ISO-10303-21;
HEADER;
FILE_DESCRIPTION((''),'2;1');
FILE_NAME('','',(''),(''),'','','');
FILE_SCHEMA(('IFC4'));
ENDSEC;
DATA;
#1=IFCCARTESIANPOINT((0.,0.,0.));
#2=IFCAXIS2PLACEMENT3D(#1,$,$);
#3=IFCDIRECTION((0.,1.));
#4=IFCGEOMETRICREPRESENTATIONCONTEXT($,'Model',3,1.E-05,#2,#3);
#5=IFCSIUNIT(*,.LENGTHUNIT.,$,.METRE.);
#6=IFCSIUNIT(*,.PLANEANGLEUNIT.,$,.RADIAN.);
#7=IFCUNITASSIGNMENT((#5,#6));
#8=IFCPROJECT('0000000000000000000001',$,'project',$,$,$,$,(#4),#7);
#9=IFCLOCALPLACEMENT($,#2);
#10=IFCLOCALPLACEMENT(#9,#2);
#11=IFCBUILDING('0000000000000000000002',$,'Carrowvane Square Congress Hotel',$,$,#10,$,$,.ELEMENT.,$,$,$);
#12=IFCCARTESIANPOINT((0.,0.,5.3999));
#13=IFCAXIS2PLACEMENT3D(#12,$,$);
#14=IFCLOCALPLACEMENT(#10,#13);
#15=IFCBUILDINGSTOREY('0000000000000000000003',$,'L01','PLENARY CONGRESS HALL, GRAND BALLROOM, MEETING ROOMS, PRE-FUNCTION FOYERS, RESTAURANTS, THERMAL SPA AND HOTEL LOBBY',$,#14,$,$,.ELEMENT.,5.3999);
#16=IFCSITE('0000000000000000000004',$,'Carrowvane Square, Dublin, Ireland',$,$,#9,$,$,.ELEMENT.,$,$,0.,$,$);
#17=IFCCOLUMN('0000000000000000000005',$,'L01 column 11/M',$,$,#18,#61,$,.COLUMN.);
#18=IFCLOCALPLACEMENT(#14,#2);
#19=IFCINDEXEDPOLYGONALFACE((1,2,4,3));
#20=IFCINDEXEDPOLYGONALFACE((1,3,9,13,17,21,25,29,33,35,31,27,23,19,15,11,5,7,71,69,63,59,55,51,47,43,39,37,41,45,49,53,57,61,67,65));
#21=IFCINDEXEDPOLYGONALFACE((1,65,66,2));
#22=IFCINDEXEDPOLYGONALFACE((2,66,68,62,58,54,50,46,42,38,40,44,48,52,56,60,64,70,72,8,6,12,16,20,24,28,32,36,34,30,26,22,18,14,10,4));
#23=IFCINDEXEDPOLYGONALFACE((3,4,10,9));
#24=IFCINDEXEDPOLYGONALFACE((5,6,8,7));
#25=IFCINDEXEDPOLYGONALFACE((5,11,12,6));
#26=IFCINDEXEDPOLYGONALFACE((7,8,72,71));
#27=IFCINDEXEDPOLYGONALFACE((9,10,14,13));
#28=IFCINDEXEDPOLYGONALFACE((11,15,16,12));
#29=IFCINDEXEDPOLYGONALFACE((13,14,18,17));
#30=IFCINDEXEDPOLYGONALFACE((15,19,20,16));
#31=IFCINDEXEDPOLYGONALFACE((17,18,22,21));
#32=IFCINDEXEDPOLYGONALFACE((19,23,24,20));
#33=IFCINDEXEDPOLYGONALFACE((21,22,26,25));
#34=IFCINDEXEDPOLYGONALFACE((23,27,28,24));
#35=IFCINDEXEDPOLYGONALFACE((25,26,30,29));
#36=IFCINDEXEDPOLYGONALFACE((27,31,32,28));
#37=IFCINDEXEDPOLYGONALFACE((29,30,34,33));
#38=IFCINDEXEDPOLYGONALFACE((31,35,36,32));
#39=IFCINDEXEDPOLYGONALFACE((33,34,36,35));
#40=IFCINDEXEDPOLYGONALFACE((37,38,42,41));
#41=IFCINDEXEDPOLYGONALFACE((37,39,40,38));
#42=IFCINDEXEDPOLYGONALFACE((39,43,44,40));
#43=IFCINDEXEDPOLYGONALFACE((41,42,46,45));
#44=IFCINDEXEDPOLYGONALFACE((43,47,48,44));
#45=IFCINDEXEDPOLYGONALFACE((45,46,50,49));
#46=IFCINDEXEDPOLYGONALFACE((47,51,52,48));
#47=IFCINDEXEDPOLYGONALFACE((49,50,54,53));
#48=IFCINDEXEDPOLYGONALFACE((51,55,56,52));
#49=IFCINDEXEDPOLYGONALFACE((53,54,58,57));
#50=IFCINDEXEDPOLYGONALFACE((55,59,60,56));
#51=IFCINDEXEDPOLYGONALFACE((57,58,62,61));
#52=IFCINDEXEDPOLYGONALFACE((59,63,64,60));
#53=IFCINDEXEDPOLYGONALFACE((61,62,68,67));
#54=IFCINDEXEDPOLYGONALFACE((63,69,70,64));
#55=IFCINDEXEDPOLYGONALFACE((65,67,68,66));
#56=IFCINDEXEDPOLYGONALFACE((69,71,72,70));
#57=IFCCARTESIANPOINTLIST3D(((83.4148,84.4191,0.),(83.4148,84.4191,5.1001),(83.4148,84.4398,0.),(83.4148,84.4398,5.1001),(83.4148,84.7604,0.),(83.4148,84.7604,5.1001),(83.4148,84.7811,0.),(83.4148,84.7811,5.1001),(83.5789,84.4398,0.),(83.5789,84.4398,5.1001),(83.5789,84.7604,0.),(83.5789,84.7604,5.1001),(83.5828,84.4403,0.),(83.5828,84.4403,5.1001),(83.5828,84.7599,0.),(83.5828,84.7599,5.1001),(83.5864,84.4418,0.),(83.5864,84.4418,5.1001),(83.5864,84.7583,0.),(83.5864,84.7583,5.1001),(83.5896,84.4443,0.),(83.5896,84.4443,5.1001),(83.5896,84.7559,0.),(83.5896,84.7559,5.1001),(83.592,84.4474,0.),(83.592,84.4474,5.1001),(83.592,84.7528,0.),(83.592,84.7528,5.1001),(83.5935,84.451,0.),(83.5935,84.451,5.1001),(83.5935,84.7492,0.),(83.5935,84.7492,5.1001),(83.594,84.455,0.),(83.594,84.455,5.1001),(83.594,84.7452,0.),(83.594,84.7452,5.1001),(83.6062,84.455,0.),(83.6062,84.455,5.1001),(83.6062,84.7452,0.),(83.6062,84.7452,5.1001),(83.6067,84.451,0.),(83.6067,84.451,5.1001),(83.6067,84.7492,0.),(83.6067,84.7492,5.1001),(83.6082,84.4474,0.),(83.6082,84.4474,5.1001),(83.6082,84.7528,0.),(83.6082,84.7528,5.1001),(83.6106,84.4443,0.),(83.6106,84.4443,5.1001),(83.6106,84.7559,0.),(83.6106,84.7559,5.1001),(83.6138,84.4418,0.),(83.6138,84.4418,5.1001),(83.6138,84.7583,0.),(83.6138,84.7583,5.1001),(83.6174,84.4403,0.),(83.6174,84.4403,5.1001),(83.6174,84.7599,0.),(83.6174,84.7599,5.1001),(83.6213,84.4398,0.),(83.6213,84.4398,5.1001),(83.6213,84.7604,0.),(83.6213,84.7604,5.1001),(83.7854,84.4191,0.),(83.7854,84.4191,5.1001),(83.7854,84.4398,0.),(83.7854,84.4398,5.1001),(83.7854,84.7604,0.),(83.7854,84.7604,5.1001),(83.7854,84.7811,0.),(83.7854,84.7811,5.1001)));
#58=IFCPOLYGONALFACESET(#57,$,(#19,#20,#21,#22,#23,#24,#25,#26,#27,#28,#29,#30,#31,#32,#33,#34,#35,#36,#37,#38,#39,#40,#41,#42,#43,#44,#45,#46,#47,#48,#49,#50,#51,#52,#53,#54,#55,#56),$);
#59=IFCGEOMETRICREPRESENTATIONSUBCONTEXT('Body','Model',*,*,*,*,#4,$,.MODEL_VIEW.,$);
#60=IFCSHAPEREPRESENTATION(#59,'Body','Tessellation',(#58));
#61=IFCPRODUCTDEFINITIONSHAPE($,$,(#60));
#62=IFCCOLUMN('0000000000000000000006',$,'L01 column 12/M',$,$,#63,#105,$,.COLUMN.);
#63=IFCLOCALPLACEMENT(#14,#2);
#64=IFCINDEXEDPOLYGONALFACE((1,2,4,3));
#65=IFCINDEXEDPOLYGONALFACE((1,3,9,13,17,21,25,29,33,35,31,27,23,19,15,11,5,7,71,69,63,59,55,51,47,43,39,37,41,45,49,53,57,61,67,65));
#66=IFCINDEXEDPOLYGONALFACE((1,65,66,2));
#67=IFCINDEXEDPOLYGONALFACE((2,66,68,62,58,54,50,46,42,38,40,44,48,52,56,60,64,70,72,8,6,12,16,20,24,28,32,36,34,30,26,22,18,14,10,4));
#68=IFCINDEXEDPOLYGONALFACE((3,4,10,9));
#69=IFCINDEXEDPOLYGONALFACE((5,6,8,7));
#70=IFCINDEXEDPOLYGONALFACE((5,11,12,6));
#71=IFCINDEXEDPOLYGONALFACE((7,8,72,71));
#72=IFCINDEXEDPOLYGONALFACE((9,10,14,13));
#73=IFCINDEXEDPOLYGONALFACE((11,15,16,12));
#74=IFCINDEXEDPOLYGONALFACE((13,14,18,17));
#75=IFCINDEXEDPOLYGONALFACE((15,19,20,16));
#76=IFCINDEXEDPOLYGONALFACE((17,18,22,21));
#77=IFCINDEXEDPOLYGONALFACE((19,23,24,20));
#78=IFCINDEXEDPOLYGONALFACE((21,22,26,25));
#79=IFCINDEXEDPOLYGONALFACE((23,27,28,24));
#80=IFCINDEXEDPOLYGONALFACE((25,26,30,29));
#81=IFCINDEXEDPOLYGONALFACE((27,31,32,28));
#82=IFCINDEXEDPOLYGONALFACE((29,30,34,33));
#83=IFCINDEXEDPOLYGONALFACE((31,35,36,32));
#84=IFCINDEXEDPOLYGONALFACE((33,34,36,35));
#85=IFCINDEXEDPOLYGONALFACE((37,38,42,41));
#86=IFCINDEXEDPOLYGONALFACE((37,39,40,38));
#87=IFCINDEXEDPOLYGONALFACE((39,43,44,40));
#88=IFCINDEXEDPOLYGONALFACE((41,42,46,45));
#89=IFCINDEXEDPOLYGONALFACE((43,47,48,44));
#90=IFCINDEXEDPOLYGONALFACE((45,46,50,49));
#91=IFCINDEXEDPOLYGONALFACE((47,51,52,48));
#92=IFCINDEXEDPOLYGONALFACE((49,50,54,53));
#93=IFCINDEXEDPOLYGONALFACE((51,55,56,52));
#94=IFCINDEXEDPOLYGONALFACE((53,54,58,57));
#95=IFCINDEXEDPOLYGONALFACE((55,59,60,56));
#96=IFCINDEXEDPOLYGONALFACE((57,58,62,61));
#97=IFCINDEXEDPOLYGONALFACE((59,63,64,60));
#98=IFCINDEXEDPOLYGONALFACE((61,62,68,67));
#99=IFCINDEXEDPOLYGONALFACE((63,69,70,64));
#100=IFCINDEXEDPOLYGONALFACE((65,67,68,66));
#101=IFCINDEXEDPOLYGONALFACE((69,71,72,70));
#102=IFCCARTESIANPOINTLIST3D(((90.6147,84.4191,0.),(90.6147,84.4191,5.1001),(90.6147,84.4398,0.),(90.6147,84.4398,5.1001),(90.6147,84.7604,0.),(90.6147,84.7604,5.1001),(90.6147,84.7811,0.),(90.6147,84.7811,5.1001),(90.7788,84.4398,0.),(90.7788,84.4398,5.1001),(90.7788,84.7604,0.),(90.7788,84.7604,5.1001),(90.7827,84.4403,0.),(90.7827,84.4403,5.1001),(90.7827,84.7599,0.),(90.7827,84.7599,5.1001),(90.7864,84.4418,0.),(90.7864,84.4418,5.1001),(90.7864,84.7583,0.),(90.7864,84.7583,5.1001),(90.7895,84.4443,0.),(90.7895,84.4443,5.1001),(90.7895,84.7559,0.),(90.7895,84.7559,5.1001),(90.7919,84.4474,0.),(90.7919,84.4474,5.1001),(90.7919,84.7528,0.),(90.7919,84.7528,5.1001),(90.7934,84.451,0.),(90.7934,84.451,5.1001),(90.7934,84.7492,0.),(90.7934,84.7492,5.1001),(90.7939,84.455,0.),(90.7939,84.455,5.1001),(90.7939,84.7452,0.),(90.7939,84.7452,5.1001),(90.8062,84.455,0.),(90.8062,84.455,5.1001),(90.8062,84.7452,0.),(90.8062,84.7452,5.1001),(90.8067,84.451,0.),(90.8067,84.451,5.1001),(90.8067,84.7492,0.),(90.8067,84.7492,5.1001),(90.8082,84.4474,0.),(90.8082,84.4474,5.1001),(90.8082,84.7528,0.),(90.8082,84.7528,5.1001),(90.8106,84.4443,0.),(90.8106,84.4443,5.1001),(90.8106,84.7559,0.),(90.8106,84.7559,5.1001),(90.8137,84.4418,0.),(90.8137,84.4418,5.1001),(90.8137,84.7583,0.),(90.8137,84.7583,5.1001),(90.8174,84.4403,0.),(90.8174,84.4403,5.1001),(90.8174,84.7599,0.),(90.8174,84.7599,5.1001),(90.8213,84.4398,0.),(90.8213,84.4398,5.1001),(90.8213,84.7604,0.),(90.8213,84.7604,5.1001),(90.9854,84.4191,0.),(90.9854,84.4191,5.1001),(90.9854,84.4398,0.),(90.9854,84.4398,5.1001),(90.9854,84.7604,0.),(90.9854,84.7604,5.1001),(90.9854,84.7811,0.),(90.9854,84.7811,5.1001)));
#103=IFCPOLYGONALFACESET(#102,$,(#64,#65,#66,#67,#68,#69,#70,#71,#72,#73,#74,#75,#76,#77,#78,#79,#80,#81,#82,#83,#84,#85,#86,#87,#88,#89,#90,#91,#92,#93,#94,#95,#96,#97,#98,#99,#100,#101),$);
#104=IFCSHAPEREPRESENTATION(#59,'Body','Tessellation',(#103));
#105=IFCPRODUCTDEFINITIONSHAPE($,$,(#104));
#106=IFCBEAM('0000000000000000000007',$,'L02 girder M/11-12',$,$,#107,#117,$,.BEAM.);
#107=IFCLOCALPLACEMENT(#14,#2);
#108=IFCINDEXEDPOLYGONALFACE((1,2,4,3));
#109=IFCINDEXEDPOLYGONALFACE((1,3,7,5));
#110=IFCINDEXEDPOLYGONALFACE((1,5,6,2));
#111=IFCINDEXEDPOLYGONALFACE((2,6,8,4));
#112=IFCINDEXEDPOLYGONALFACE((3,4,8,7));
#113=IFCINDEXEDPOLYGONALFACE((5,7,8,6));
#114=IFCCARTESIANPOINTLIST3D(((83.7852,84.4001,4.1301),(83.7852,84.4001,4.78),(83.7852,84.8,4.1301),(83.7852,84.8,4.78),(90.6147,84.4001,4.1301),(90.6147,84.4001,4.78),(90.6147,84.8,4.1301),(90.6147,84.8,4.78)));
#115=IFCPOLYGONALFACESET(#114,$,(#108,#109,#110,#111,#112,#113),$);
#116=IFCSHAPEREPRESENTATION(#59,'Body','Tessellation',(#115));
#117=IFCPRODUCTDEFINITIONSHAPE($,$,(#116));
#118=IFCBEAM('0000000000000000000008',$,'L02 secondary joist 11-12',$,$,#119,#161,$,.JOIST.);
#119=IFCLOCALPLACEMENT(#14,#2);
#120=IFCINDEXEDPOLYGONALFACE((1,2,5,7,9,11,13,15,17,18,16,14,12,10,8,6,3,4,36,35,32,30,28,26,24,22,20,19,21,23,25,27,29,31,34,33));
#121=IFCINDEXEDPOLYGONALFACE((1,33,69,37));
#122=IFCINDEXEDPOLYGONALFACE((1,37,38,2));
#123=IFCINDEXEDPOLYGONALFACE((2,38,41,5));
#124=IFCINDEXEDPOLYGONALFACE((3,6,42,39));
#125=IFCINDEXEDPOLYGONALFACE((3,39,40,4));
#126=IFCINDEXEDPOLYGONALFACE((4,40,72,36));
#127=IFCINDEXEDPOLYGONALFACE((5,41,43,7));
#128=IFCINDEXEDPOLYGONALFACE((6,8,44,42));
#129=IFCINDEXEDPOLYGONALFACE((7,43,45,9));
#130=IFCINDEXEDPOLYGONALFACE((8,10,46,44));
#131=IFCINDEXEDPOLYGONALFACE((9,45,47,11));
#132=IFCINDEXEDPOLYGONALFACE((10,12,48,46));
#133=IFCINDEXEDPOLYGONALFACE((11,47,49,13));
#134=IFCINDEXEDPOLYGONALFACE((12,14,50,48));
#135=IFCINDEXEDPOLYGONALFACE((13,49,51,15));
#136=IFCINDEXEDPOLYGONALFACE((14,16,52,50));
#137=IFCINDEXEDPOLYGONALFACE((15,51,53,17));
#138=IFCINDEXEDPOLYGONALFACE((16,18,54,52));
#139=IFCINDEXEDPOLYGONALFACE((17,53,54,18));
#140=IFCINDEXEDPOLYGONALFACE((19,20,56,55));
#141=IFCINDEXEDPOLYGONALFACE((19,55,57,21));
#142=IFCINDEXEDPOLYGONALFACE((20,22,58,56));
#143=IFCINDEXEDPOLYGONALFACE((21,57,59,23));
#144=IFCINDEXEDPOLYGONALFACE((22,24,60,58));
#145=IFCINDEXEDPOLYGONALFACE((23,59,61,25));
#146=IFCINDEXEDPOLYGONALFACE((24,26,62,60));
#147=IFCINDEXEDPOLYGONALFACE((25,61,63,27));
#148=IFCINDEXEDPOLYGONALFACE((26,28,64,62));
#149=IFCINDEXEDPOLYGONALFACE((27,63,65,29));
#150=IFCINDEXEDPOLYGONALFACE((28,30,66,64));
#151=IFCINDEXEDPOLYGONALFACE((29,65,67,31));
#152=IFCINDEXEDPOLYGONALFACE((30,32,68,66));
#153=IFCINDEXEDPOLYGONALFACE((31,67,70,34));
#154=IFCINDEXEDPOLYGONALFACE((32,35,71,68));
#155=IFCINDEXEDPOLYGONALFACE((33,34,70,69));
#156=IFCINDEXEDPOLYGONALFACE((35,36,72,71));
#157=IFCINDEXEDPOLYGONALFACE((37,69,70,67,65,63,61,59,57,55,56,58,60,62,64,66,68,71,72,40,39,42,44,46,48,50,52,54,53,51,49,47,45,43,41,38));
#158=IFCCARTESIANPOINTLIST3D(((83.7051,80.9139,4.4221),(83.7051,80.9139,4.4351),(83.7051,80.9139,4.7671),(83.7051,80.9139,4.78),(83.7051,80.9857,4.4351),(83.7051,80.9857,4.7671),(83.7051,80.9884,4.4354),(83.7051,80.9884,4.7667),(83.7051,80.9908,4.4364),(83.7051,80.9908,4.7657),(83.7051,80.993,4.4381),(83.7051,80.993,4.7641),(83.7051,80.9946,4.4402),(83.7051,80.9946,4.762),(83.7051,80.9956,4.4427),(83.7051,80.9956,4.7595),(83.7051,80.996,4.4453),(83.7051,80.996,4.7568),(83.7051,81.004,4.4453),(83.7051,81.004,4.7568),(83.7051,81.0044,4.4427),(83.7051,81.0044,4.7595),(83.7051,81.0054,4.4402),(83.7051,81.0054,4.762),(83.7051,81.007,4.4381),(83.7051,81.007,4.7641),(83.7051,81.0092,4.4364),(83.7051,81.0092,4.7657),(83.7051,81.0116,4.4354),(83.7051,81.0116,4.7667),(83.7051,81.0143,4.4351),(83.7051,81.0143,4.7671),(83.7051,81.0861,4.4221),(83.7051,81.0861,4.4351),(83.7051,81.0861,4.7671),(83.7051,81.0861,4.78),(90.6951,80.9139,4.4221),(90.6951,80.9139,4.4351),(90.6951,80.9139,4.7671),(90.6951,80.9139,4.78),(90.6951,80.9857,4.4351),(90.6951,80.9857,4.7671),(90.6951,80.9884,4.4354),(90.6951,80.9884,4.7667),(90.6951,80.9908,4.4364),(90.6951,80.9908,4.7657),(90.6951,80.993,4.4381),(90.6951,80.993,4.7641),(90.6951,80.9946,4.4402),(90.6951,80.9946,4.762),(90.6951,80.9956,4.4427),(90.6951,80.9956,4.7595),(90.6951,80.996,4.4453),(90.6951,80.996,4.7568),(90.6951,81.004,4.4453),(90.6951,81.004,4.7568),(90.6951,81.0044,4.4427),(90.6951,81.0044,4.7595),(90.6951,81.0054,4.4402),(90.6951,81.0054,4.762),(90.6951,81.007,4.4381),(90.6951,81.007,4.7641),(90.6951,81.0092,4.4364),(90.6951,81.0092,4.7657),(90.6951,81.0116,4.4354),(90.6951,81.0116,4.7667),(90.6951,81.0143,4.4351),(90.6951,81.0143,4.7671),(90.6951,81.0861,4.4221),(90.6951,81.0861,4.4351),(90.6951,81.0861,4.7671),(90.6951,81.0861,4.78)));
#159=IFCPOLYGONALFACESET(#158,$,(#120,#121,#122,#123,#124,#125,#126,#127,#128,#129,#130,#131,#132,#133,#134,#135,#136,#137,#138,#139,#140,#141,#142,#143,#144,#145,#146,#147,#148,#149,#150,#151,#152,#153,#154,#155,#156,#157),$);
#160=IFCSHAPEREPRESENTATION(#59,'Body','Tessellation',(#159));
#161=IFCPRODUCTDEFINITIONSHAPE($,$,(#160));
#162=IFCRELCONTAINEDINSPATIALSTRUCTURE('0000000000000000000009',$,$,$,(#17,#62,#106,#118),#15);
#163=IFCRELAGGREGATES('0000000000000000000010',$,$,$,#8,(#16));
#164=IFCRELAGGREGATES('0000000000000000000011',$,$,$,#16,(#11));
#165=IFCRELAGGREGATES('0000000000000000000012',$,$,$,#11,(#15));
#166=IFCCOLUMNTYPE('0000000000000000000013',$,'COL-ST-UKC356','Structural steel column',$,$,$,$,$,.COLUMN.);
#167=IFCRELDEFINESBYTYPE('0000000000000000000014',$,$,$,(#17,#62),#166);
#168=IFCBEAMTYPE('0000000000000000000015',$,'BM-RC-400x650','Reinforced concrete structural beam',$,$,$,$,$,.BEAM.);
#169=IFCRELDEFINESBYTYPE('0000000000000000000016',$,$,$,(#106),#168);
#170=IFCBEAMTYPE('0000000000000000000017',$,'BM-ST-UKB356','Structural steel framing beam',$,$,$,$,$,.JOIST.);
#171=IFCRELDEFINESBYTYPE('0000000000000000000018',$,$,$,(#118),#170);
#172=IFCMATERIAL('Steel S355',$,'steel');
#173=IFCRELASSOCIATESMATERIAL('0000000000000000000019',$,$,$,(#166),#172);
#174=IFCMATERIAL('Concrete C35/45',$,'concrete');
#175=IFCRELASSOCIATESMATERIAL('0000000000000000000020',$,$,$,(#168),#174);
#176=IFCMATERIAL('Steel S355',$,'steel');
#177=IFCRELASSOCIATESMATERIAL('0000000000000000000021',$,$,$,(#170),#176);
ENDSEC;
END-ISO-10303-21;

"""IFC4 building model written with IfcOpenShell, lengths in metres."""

from ifc_helpers import new_model, si_unit, direction, frame, origin, origin_2d, place, context, subcontext, project, spatial, rectangle, i_section, extrude, material, material_profile, profile_set, type_object, element, save


model = new_model("IFC4")

# Units and contexts
model_context = context("Model", 3, precision=1e-05, world=origin(), true_north=direction((0.0, 1.0)))
body_context = subcontext(model_context, "Body", "Model", "MODEL_VIEW")
ifc_project = project(units=[si_unit("LENGTHUNIT", "METRE"), si_unit("PLANEANGLEUNIT", "RADIAN")], contexts=[model_context])

# Site, building, storey
site_placement = place(None, origin())
site = spatial("IfcSite", under=ifc_project, at=site_placement, Name="Carrowvane Square, Dublin, Ireland", CompositionType="ELEMENT", RefElevation=0.0)
building_placement = place(site_placement, origin())
building = spatial("IfcBuilding", under=site, at=building_placement, Name="Carrowvane Square Congress Hotel", CompositionType="ELEMENT")
storey_placement = place(building_placement, frame((0.0, 0.0, 5.3999)))
storey = spatial("IfcBuildingStorey", under=building, at=storey_placement, Name="L01", Description="PLENARY CONGRESS HALL, GRAND BALLROOM, MEETING ROOMS, PRE-FUNCTION FOYERS, RESTAURANTS, THERMAL SPA AND HOTEL LOBBY", CompositionType="ELEMENT", Elevation=5.3999)

# Columns
ifc_material_1 = material(Name="Steel S355", Category="steel")
ifc_material_profile_1 = material_profile(ifc_material_1, i_section(OverallWidth=0.3706, OverallDepth=0.3621, WebThickness=0.0122, FlangeThickness=0.0208, FilletRadius=0.0151, at=origin_2d()), Name="UKC 356x368x153")
ifc_profile_set_1 = profile_set([ifc_material_profile_1], Name="Steel S355")
column_type = type_object("IfcColumnType", Name="COL-ST-UKC356", Description="Structural steel column", PredefinedType="COLUMN", material=ifc_profile_set_1)
for number, where, z_axis, x_axis, name in (
    (1, (83.6001, 84.6001, 0.0), (0.0, 0.0, 1.0), (1.0, 0.0, 0.0), "L01 column 11/M"),
    (2, (90.8, 84.6001, 0.0), (0.0, 0.0, 1.0), (1.0, 0.0, 0.0), "L01 column 12/M"),
):
    element("IfcColumn", number, at=place(storey_placement, frame(where, z_axis=z_axis, x_axis=x_axis)), inside=storey, type_object=column_type, Name=name, PredefinedType="COLUMN", context=body_context, shape_type="SweptSolid", body=[
        extrude(i_section(OverallWidth=0.3706, OverallDepth=0.3621, WebThickness=0.0122, FlangeThickness=0.0208, FilletRadius=0.0151, at=origin_2d()), origin(), (0.0, 0.0, 1.0), 5.1001),
    ])

# Beams
ifc_material_2 = material(Name="Concrete C35/45", Category="concrete")
ifc_material_profile_2 = material_profile(ifc_material_2, rectangle(XDim=0.3999, YDim=0.6499, at=origin_2d()), Name="RC 400x650")
ifc_profile_set_2 = profile_set([ifc_material_profile_2], Name="Concrete C35/45")
beam_type_1 = type_object("IfcBeamType", Name="BM-RC-400x650", Description="Reinforced concrete structural beam", PredefinedType="BEAM", material=ifc_profile_set_2)
beam_placement = place(storey_placement, frame((83.7852, 84.6001, 4.4551), z_axis=(1.0, 0.0, 0.0), x_axis=(0.0, 1.0, 0.0)))
element("IfcBeam", 3, at=beam_placement, inside=storey, type_object=beam_type_1, Name="L02 girder M/11-12", PredefinedType="BEAM", context=body_context, shape_type="SweptSolid", body=[
    extrude(rectangle(XDim=0.3999, YDim=0.6499, at=origin_2d()), origin(), (0.0, 0.0, 1.0), 6.8296),
])
ifc_material_3 = material(Name="Steel S355", Category="steel")
ifc_material_profile_3 = material_profile(ifc_material_3, i_section(OverallWidth=0.1721, OverallDepth=0.3579, WebThickness=0.0081, FlangeThickness=0.0129, FilletRadius=0.0103, at=origin_2d()), Name="UKB 356x171x57")
ifc_profile_set_3 = profile_set([ifc_material_profile_3], Name="Steel S355")
beam_type_2 = type_object("IfcBeamType", Name="BM-ST-UKB356", Description="Structural steel framing beam", PredefinedType="JOIST", material=ifc_profile_set_3)
for number, where, z_axis, x_axis, name in (
    (4, (83.7051, 81.0, 4.6011), (1.0, 0.0, 0.0), (0.0, 1.0, 0.0), "L02 secondary joist 11-12"),
):
    element("IfcBeam", number, at=place(storey_placement, frame(where, z_axis=z_axis, x_axis=x_axis)), inside=storey, type_object=beam_type_2, Name=name, PredefinedType="JOIST", context=body_context, shape_type="SweptSolid", body=[
        extrude(i_section(OverallWidth=0.1721, OverallDepth=0.3579, WebThickness=0.0081, FlangeThickness=0.0129, FilletRadius=0.0103, at=origin_2d()), origin(), (0.0, 0.0, 1.0), 6.99),
    ])

save(model, "model.ifc")
